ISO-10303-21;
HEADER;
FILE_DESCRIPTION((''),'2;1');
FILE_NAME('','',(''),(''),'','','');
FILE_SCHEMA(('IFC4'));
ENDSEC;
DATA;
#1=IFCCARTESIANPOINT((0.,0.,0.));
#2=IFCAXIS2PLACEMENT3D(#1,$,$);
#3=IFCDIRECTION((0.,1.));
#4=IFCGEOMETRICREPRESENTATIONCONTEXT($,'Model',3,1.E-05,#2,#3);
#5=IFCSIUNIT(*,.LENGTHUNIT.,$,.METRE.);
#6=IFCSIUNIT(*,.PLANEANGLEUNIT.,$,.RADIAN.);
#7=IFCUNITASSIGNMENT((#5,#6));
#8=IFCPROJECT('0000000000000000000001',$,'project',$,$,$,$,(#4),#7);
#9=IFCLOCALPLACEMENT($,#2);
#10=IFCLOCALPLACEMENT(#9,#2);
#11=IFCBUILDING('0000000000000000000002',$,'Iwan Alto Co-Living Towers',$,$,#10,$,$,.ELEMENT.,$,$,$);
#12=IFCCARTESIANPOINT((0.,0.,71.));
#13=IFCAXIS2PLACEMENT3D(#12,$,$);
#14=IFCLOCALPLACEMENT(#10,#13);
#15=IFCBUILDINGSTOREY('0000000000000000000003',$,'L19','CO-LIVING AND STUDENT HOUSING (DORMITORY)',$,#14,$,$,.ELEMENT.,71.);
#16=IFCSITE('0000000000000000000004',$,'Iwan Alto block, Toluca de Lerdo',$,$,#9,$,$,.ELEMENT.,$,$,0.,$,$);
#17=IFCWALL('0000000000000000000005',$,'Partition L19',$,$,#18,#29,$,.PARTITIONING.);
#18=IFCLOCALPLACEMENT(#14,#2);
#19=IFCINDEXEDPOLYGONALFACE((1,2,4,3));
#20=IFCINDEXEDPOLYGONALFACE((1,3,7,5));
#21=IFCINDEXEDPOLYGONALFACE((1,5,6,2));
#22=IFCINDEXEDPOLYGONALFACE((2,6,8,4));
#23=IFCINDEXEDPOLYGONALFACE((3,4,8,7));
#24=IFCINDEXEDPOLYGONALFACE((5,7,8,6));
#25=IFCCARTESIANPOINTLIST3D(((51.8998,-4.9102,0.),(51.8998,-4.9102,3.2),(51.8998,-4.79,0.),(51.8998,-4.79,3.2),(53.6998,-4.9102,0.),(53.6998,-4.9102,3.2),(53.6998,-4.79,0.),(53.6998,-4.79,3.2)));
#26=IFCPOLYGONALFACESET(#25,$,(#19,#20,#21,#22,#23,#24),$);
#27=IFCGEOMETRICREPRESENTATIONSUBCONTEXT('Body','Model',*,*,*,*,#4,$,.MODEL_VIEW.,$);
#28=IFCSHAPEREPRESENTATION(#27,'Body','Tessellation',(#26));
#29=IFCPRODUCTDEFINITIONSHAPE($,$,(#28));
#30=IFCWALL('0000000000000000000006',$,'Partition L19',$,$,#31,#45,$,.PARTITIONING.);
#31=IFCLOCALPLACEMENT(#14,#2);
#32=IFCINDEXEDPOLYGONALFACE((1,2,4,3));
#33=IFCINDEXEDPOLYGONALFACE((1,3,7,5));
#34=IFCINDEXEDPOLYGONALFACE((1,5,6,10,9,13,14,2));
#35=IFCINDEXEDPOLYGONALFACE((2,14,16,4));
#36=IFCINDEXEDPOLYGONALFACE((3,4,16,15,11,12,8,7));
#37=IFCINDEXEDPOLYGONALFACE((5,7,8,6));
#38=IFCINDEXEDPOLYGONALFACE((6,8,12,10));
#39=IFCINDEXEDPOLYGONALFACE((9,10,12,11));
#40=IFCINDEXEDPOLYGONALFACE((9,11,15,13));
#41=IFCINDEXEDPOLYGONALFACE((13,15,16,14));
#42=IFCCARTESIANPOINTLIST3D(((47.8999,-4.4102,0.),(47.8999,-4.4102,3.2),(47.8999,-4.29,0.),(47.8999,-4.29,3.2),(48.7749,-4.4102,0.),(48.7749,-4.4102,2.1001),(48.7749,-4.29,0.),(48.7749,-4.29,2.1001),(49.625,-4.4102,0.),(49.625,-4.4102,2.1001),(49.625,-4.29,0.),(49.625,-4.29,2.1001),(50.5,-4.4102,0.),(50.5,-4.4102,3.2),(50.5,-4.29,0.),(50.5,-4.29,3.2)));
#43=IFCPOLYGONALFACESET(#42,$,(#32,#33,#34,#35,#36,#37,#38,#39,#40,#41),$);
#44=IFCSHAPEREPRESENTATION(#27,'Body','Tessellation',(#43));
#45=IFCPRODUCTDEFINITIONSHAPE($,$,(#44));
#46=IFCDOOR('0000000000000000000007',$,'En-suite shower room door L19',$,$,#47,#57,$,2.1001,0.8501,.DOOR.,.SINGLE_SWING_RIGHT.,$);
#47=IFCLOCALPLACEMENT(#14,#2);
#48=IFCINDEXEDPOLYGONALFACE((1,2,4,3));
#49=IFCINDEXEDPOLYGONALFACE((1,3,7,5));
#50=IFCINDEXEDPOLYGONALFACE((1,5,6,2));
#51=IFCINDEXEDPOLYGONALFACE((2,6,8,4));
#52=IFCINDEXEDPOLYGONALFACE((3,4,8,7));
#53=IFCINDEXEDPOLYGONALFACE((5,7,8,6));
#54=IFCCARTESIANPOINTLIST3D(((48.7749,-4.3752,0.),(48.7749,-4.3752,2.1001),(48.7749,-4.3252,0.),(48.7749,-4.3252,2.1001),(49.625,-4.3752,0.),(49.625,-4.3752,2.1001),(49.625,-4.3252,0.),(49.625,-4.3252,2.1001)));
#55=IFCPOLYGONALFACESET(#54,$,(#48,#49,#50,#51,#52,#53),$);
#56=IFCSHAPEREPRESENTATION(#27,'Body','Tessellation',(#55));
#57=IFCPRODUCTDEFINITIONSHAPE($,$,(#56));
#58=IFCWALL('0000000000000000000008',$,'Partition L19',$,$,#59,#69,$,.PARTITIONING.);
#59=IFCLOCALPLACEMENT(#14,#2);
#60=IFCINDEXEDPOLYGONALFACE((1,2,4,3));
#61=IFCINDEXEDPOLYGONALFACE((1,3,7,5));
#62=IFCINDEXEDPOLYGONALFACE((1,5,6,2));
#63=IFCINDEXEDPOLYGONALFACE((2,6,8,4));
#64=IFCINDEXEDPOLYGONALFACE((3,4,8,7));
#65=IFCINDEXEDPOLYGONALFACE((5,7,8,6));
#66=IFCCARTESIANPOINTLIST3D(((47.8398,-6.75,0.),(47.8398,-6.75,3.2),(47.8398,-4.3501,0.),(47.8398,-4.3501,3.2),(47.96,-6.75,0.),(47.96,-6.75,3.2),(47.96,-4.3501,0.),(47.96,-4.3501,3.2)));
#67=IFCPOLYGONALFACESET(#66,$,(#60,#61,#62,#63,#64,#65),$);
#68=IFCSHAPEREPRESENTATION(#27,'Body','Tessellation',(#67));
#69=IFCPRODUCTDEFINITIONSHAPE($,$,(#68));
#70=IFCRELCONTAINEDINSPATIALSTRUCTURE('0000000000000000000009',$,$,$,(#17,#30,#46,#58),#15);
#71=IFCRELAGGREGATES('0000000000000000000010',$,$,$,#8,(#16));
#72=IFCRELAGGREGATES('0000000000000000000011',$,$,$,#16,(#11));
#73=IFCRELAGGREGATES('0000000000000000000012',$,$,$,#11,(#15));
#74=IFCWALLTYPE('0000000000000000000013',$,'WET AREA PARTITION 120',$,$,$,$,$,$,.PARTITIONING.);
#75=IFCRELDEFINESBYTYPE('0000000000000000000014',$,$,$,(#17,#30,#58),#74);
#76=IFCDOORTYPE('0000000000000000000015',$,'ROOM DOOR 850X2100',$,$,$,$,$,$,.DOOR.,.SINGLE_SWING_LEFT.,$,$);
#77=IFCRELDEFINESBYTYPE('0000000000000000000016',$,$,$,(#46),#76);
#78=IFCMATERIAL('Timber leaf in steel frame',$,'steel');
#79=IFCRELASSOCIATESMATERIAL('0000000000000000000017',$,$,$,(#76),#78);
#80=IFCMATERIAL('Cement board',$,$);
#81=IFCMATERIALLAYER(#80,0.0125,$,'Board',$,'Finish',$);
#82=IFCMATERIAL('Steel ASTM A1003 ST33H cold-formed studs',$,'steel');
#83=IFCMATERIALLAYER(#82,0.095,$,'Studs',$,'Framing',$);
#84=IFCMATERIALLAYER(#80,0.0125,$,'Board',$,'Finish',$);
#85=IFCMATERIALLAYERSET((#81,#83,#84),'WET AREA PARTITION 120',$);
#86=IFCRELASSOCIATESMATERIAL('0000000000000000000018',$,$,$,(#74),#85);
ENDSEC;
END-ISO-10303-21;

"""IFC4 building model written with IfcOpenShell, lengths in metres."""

from ifc_helpers import new_model, si_unit, direction, frame, frame_2d, origin, place, context, subcontext, project, spatial, rectangle, extrude, material, layer, layer_set, type_object, element, fill, save


model = new_model("IFC4")

# Units and contexts
model_context = context("Model", 3, precision=1e-05, world=origin(), true_north=direction((0.0, 1.0)))
body_context = subcontext(model_context, "Body", "Model", "MODEL_VIEW")
ifc_project = project(units=[si_unit("LENGTHUNIT", "METRE"), si_unit("PLANEANGLEUNIT", "RADIAN")], contexts=[model_context])

# Site, building, storey
site_placement = place(None, origin())
site = spatial("IfcSite", under=ifc_project, at=site_placement, Name="Iwan Alto block, Toluca de Lerdo", CompositionType="ELEMENT", RefElevation=0.0)
building_placement = place(site_placement, origin())
building = spatial("IfcBuilding", under=site, at=building_placement, Name="Iwan Alto Co-Living Towers", CompositionType="ELEMENT")
storey_placement = place(building_placement, frame((0.0, 0.0, 71.0)))
storey = spatial("IfcBuildingStorey", under=building, at=storey_placement, Name="L19", Description="CO-LIVING AND STUDENT HOUSING (DORMITORY)", CompositionType="ELEMENT", Elevation=71.0)

# Shared definitions
ifc_material_1 = material(Name="Steel ASTM A1003 ST33H cold-formed studs", Category="steel")

# Shared definitions
ifc_material_2 = material(Name="Timber leaf in steel frame", Category="steel")
door_type_1 = type_object("IfcDoorType", Name="ROOM DOOR 850X2100", OperationType="SINGLE_SWING_LEFT", PredefinedType="DOOR", material=ifc_material_2)

# Wall
ifc_material_3 = material(Name="Cement board")
ifc_layer_1 = layer(ifc_material_3, 0.0125, Name="Board", Category="Finish")
ifc_layer_2 = layer(ifc_material_1, 0.095, Name="Studs", Category="Framing")
ifc_layer_3 = layer(ifc_material_3, 0.0125, Name="Board", Category="Finish")
ifc_layer_set_1 = layer_set([ifc_layer_1, ifc_layer_2, ifc_layer_3], Name="WET AREA PARTITION 120")
wall_type_1 = type_object("IfcWallType", Name="WET AREA PARTITION 120", PredefinedType="PARTITIONING", material=ifc_layer_set_1)
wall_1_placement = place(storey_placement, frame((51.8999, -4.8501, 0.0), z_axis=(0.0, 0.0, 1.0), x_axis=(1.0, 0.0, 0.0)))
element("IfcWall", 1, at=wall_1_placement, inside=storey, type_object=wall_type_1, Name="Partition L19", PredefinedType="PARTITIONING", context=body_context, shape_type="SweptSolid", body=[
    extrude(rectangle(XDim=1.8, YDim=0.1201, at=frame_2d((0.8999, 0.0))), origin(), (0.0, 0.0, 1.0), 3.2),
])

# Wall, opening, door
wall_2_placement = place(storey_placement, frame((47.8999, -4.3501, 0.0), z_axis=(0.0, 0.0, 1.0), x_axis=(1.0, 0.0, 0.0)))
wall_2 = element("IfcWall", 2, at=wall_2_placement, inside=storey, type_object=wall_type_1, Name="Partition L19", PredefinedType="PARTITIONING", context=body_context, shape_type="SweptSolid", body=[
    extrude(rectangle(XDim=2.6001, YDim=0.1201, at=frame_2d((1.3, 0.0))), origin(), (0.0, 0.0, 1.0), 3.2),
])
opening_1_placement = place(wall_2_placement, frame((0.875, 0.0, 0.0)))
opening_1 = element("IfcOpeningElement", 3, at=opening_1_placement, cuts=wall_2, PredefinedType="OPENING", context=body_context, shape_type="SweptSolid", body=[
    extrude(rectangle(XDim=0.8501, YDim=2.1001, at=frame_2d((0.425, 1.05))), frame((0.0, 0.0701, 0.0), z_axis=(0.0, -1.0, 0.0), x_axis=(1.0, 0.0, 0.0)), (0.0, 0.0, 1.0), 0.1401),
])
door_1_placement = place(opening_1_placement, origin())
door_1 = element("IfcDoor", 4, at=door_1_placement, inside=storey, type_object=door_type_1, Name="En-suite shower room door L19", OperationType="SINGLE_SWING_RIGHT", OverallHeight=2.1001, OverallWidth=0.8501, PredefinedType="DOOR", context=body_context, shape_type="SweptSolid", body=[
    extrude(rectangle(XDim=0.8501, YDim=2.1001, at=frame_2d((0.425, 1.05))), frame((0.0, 0.0249, 0.0), z_axis=(0.0, -1.0, 0.0), x_axis=(1.0, 0.0, 0.0)), (0.0, 0.0, 1.0), 0.05),
])
fill(opening_1, door_1)

# Wall
wall_3_placement = place(storey_placement, frame((47.8999, -6.75, 0.0), z_axis=(0.0, 0.0, 1.0), x_axis=(0.0, 1.0, 0.0)))
element("IfcWall", 5, at=wall_3_placement, inside=storey, type_object=wall_type_1, Name="Partition L19", PredefinedType="PARTITIONING", context=body_context, shape_type="SweptSolid", body=[
    extrude(rectangle(XDim=2.3999, YDim=0.1201, at=frame_2d((1.2, 0.0))), origin(), (0.0, 0.0, 1.0), 3.2),
])

save(model, "model.ifc")
